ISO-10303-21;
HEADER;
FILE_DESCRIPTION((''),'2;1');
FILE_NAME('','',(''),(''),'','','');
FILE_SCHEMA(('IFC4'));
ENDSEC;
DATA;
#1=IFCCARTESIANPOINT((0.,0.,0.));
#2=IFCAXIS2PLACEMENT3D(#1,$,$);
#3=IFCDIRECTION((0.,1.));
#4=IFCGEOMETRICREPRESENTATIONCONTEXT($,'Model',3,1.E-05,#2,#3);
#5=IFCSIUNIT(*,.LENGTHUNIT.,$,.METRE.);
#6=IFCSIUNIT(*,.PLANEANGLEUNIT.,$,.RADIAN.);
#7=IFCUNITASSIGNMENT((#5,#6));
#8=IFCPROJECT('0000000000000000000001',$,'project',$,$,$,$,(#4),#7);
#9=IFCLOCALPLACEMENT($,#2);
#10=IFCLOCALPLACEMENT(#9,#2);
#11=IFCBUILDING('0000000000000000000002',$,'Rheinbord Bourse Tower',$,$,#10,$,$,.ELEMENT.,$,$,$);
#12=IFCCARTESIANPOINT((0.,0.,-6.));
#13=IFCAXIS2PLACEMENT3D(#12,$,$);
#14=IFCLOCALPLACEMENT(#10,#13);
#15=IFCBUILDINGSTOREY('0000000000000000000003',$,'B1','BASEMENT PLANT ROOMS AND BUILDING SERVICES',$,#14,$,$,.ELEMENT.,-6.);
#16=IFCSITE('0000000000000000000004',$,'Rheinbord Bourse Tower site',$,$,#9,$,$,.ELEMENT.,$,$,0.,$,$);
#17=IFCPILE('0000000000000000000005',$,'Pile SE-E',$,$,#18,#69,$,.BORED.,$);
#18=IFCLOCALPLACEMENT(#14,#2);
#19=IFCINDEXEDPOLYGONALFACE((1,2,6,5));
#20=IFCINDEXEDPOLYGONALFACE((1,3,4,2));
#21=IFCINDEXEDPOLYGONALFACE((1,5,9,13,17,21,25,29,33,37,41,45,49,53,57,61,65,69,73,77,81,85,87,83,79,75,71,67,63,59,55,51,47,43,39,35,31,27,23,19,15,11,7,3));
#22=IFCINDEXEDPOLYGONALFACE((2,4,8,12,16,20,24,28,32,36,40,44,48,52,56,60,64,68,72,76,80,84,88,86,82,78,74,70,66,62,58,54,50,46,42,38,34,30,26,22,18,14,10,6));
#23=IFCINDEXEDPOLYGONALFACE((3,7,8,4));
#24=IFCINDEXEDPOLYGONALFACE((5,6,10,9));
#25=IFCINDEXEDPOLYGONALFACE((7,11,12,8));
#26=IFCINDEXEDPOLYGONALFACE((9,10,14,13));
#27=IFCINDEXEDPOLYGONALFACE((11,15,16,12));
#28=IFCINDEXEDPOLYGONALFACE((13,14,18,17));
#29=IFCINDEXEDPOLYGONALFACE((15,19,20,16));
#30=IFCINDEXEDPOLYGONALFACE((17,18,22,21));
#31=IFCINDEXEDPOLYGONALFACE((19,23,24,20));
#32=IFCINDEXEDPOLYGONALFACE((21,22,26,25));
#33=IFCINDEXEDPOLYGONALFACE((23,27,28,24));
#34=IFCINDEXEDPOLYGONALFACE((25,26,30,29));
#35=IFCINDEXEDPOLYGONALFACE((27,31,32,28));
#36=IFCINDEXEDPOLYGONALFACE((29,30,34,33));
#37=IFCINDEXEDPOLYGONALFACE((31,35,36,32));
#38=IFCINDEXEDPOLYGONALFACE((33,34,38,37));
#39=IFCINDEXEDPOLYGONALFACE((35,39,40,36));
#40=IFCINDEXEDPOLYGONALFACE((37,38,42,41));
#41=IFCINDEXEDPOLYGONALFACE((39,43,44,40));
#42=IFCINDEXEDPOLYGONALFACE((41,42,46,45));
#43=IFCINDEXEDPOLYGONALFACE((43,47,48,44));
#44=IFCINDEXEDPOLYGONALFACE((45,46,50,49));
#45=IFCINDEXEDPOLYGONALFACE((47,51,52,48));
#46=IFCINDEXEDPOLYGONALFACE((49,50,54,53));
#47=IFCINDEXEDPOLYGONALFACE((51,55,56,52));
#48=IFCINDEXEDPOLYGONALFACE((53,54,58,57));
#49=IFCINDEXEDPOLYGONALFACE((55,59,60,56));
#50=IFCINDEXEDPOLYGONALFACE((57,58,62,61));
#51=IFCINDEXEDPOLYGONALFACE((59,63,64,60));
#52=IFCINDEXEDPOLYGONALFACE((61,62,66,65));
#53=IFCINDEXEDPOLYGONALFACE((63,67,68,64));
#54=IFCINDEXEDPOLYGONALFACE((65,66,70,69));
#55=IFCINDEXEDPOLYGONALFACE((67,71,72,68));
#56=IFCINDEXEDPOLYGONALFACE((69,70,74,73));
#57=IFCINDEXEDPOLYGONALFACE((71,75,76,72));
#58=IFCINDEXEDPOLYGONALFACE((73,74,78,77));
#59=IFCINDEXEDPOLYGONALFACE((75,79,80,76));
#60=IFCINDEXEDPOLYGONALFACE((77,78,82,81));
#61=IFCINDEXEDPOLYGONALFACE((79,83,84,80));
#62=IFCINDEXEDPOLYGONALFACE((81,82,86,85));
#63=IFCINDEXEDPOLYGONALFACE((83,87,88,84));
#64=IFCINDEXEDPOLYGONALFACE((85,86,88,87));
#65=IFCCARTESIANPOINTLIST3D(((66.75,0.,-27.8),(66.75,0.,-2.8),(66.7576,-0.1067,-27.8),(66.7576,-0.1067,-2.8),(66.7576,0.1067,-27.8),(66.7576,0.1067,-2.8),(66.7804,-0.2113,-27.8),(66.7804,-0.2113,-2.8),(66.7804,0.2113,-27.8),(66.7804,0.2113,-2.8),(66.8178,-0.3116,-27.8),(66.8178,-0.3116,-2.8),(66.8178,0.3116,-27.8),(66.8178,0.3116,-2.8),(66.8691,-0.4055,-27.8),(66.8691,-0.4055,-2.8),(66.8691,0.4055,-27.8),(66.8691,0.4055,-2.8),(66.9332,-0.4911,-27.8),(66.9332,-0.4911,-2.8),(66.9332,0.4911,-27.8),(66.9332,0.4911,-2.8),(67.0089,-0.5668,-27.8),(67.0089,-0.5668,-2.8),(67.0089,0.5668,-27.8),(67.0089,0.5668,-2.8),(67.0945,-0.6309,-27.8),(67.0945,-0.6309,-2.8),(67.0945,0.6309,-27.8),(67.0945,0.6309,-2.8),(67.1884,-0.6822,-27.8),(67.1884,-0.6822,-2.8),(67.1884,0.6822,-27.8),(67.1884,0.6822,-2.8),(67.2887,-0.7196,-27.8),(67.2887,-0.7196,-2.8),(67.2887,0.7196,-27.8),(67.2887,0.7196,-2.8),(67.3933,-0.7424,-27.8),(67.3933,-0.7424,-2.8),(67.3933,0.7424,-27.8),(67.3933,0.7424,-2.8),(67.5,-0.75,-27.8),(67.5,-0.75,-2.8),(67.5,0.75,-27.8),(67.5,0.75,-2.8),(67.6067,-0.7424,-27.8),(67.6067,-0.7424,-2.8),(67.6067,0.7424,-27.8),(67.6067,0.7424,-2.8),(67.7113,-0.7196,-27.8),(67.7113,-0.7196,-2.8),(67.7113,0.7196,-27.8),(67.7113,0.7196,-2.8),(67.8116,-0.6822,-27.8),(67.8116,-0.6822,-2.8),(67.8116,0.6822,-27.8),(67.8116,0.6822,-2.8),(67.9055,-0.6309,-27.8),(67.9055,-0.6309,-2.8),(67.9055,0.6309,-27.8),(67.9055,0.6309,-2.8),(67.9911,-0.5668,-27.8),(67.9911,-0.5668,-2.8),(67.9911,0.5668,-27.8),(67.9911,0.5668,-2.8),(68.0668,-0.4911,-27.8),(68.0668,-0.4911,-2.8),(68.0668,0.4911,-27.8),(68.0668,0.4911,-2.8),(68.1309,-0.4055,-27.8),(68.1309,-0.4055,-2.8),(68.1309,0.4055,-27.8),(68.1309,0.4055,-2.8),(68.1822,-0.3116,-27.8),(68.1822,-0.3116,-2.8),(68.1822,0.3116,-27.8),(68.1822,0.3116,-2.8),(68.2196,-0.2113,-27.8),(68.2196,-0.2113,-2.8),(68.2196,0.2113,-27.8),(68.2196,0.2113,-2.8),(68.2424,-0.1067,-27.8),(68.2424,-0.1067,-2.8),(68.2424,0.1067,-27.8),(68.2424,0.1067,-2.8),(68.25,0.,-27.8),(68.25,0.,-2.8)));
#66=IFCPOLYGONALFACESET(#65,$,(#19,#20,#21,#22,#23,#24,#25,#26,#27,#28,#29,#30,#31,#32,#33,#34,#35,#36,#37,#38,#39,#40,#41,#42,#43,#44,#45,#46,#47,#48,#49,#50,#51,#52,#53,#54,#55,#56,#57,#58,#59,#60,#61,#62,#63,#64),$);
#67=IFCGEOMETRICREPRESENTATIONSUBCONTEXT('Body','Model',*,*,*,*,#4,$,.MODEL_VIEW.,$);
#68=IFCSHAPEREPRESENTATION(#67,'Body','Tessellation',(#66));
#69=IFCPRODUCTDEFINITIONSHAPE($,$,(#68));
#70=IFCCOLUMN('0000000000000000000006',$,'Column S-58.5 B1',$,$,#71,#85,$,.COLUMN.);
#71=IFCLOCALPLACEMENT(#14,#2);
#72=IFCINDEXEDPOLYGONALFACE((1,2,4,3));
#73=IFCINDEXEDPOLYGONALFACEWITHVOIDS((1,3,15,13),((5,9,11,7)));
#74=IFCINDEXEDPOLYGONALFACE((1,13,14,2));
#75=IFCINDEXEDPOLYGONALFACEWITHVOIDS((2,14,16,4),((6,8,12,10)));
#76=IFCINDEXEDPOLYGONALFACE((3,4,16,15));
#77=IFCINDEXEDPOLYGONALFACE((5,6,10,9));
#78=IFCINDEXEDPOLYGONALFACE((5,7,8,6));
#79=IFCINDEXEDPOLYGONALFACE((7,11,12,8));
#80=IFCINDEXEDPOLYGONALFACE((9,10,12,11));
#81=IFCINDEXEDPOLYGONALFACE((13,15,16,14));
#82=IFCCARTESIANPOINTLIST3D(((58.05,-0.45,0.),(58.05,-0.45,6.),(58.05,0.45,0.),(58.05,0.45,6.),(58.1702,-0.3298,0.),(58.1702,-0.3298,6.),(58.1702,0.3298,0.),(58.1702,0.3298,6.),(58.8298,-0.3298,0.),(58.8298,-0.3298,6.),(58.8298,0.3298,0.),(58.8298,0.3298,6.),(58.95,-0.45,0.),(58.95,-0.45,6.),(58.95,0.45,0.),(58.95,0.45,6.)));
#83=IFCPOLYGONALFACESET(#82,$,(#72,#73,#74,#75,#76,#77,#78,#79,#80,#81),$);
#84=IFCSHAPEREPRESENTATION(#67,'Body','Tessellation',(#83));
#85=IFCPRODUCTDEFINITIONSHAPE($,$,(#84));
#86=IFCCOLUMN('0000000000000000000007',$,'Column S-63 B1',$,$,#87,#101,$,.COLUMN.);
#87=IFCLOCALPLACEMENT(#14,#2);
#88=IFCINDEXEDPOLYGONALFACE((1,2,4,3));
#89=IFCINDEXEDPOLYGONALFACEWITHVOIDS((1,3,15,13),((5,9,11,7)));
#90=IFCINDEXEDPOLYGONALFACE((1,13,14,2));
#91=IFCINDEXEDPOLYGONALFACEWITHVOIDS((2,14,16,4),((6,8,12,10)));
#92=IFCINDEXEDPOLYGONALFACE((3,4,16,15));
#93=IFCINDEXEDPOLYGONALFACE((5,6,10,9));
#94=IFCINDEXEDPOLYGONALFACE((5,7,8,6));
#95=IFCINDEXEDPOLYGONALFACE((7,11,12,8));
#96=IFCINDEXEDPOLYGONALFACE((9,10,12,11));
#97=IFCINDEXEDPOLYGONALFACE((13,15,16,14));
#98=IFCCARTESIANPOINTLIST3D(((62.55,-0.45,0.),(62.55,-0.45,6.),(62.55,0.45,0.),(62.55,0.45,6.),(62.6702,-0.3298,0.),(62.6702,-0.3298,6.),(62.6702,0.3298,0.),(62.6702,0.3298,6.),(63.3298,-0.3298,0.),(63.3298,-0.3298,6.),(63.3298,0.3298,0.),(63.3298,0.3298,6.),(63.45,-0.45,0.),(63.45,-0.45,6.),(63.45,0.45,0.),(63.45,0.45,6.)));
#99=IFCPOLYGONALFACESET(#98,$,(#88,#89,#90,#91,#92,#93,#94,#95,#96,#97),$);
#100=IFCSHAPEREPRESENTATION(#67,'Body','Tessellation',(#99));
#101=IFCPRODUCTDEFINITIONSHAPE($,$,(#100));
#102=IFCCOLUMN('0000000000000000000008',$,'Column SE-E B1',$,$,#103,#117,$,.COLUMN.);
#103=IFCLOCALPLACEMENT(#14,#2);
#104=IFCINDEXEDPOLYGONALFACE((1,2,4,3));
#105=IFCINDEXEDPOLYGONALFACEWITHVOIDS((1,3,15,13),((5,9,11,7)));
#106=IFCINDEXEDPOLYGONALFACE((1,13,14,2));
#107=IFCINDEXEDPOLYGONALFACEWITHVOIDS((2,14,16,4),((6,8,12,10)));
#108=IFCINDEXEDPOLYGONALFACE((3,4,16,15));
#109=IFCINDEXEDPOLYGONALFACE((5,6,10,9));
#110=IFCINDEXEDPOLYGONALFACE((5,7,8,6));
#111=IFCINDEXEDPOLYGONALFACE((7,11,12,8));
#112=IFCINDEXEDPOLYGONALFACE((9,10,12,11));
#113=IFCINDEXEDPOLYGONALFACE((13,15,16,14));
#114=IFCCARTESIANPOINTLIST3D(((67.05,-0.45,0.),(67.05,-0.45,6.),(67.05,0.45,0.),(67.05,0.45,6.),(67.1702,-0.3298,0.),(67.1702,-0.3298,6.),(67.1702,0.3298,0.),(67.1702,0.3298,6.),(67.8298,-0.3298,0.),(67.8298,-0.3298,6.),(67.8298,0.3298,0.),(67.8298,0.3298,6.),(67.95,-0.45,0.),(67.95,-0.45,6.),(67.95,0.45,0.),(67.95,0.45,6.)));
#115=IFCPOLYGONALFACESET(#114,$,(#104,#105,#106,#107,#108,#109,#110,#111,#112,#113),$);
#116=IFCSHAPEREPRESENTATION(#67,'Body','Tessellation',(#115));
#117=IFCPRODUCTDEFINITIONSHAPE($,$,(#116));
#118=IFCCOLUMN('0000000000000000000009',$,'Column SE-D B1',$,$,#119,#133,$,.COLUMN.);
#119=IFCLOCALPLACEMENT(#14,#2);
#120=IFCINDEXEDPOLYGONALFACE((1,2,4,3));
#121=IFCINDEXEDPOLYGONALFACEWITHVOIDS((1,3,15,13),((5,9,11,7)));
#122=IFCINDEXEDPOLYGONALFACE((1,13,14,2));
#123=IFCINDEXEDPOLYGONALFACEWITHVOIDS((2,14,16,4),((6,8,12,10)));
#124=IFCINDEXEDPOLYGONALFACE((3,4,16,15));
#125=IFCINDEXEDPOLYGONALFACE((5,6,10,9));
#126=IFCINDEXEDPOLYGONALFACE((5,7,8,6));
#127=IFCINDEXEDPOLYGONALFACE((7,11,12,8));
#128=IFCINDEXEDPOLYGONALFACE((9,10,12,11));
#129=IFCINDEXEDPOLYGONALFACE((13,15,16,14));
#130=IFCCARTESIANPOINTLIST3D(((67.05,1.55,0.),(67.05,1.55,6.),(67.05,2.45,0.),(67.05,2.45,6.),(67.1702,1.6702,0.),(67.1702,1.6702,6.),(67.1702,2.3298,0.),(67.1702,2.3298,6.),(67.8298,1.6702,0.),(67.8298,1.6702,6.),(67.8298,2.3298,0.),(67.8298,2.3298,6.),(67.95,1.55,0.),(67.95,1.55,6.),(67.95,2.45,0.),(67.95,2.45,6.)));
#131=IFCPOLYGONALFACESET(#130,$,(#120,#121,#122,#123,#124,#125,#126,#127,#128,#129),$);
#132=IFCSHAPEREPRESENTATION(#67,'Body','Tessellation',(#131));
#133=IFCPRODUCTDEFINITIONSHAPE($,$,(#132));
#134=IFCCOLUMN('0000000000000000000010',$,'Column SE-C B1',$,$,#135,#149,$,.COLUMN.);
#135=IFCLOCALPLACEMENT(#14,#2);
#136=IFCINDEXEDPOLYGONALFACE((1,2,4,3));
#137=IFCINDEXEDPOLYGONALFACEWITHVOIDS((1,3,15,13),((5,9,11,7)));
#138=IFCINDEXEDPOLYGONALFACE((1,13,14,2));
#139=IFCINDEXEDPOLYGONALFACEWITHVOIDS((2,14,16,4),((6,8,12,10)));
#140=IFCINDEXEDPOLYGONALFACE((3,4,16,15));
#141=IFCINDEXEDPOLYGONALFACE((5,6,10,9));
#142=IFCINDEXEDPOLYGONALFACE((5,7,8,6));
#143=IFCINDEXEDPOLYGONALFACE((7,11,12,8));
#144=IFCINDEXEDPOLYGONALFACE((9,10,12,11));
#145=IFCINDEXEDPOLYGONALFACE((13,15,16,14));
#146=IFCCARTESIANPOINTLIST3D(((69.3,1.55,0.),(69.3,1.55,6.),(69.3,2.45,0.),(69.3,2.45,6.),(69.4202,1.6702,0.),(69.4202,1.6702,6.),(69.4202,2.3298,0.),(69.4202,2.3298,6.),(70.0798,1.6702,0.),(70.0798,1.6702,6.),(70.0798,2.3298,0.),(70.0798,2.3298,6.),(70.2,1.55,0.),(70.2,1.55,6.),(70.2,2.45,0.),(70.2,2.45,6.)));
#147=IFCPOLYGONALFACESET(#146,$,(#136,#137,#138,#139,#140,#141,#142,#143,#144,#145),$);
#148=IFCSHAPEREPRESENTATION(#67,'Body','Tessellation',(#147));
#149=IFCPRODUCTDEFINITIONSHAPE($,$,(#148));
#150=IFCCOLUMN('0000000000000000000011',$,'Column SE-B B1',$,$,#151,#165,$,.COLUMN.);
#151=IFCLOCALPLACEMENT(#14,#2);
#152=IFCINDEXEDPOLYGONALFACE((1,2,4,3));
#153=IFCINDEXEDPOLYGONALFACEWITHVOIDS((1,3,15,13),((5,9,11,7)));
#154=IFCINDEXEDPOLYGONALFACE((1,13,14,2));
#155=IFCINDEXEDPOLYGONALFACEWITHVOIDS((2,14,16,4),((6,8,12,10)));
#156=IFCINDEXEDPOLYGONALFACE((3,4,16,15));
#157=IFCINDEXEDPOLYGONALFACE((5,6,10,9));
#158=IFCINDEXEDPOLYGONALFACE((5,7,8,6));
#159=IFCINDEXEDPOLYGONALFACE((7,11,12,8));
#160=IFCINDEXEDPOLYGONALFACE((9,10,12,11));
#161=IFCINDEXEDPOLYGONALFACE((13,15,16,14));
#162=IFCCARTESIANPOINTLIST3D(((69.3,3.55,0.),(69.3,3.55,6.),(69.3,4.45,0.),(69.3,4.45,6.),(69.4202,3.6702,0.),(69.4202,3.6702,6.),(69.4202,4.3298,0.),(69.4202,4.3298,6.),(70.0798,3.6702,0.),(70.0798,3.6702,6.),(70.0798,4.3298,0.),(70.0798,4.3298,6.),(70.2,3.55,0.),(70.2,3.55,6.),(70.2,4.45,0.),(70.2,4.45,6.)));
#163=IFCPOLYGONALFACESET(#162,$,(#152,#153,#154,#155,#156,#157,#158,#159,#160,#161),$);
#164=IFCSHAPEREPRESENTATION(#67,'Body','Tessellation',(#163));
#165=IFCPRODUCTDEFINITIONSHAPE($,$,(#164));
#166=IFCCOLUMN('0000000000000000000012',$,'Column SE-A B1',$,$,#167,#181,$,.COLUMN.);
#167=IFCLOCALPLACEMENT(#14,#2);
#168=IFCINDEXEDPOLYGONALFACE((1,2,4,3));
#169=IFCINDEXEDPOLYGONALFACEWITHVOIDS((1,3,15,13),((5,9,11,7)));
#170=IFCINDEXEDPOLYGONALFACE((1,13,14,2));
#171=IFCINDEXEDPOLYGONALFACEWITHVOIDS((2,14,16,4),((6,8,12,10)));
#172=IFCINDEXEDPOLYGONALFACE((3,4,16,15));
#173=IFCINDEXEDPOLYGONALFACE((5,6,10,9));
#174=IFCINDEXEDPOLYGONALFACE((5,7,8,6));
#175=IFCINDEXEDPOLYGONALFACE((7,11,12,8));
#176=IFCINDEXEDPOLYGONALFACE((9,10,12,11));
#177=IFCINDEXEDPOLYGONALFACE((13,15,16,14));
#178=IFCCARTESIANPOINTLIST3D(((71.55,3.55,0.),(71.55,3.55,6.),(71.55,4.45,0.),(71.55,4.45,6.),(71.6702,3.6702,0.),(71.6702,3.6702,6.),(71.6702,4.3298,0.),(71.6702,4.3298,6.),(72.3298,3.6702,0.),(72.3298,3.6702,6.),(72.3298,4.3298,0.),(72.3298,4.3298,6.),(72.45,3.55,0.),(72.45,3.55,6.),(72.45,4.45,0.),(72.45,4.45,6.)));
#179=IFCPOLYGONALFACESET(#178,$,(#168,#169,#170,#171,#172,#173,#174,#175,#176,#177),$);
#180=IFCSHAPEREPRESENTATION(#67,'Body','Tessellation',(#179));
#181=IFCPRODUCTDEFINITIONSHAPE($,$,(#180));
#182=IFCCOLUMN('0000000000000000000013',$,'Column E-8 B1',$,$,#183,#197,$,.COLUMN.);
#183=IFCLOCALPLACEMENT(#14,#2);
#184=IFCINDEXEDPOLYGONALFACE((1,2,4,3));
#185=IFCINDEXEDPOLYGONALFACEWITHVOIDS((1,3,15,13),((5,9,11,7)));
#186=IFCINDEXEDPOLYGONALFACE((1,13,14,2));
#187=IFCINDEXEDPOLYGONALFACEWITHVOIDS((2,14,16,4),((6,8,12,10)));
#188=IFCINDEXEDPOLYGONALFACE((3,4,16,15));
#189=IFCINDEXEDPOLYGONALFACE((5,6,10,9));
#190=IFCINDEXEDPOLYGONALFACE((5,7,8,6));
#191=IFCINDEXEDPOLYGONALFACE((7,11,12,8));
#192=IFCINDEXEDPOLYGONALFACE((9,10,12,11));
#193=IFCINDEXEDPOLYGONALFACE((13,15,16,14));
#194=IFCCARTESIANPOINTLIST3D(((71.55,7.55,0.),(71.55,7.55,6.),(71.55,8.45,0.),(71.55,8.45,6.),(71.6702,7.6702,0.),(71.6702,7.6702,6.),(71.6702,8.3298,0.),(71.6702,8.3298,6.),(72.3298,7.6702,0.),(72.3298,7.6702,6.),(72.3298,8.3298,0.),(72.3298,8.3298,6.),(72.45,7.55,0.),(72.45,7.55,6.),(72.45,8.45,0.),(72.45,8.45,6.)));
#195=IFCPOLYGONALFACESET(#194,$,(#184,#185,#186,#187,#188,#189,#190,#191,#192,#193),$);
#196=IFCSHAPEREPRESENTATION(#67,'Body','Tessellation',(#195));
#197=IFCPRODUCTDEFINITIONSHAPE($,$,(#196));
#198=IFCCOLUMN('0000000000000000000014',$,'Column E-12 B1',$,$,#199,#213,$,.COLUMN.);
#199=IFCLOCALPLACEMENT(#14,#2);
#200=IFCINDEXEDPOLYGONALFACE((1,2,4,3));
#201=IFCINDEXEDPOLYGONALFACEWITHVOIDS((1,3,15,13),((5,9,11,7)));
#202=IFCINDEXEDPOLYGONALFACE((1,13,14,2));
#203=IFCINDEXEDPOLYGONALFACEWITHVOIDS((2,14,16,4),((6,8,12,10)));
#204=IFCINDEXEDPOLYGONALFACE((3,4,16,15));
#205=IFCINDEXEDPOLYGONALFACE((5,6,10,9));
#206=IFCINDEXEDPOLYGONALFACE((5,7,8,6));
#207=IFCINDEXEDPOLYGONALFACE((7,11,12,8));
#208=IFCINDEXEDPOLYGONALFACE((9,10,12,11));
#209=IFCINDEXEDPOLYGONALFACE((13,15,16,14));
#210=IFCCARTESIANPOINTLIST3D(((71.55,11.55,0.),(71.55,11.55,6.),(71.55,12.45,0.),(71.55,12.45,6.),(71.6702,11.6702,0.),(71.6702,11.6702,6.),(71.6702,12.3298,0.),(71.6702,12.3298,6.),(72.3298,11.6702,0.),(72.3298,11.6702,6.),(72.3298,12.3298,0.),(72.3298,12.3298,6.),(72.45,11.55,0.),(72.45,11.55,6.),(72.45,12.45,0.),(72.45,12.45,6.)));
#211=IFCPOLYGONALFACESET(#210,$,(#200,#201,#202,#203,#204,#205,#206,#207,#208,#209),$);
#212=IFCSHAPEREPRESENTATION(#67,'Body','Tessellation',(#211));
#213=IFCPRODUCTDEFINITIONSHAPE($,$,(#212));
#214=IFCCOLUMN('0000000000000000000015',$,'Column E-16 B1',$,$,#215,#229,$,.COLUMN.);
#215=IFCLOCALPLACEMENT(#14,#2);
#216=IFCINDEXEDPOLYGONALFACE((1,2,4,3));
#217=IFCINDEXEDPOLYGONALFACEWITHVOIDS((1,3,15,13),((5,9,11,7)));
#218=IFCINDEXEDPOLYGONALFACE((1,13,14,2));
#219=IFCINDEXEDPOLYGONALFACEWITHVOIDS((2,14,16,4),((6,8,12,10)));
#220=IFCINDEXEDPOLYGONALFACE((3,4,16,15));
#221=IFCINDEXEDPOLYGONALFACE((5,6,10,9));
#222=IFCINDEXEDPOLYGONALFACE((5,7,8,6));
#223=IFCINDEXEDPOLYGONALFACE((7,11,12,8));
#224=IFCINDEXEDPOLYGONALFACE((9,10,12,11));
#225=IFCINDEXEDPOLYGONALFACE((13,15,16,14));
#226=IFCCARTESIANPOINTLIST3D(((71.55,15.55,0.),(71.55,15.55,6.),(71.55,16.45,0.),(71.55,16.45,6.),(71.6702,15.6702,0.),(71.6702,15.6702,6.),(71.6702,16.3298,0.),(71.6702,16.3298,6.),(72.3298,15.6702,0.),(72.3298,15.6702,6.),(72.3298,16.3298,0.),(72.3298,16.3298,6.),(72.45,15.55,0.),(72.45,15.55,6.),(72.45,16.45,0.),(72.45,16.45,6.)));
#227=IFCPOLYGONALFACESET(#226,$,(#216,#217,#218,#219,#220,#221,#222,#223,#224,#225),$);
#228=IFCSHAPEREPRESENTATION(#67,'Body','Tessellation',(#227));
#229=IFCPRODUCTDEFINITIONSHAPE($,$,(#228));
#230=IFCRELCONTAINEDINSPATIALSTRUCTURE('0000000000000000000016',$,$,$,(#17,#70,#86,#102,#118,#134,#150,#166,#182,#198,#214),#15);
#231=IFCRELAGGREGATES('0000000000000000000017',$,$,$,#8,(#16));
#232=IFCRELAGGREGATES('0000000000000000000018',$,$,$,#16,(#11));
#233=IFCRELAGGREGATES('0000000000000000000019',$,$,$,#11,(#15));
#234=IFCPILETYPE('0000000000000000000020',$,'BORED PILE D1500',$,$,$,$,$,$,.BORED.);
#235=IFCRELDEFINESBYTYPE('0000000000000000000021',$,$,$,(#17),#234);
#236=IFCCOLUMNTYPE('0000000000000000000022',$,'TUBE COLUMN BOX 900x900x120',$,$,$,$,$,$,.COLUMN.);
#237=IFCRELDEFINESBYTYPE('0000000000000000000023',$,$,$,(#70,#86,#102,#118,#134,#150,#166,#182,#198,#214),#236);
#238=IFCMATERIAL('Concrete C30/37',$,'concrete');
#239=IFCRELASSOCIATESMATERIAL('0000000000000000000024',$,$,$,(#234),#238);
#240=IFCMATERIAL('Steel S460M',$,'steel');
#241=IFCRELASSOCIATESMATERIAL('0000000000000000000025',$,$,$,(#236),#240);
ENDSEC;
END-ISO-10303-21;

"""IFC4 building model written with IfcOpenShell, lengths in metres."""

from ifc_helpers import new_model, si_unit, direction, frame, origin, origin_2d, place, context, subcontext, project, spatial, hollow_rectangle, circle, extrude, material, material_profile, profile_set, type_object, element, save


model = new_model("IFC4")

# Units and contexts
model_context = context("Model", 3, precision=1e-05, world=origin(), true_north=direction((0.0, 1.0)))
body_context = subcontext(model_context, "Body", "Model", "MODEL_VIEW")
ifc_project = project(units=[si_unit("LENGTHUNIT", "METRE"), si_unit("PLANEANGLEUNIT", "RADIAN")], contexts=[model_context])

# Site, building, storey
site_placement = place(None, origin())
site = spatial("IfcSite", under=ifc_project, at=site_placement, Name="Rheinbord Bourse Tower site", CompositionType="ELEMENT", RefElevation=0.0)
building_placement = place(site_placement, origin())
building = spatial("IfcBuilding", under=site, at=building_placement, Name="Rheinbord Bourse Tower", CompositionType="ELEMENT")
storey_placement = place(building_placement, frame((0.0, 0.0, -6.0)))
storey = spatial("IfcBuildingStorey", under=building, at=storey_placement, Name="B1", Description="BASEMENT PLANT ROOMS AND BUILDING SERVICES", CompositionType="ELEMENT", Elevation=-6.0)

# Pile
ifc_material_1 = material(Name="Concrete C30/37", Category="concrete")
ifc_material_profile_1 = material_profile(ifc_material_1, circle(Radius=0.75, at=origin_2d()), Name="D1500")
ifc_profile_set_1 = profile_set([ifc_material_profile_1], Name="Concrete C30/37")
pile_type = type_object("IfcPileType", Name="BORED PILE D1500", PredefinedType="BORED", material=ifc_profile_set_1)
for number, where, z_axis, x_axis, name in (
    (1, (67.5, 0.0, -2.8), (0.0, 0.0, -1.0), (1.0, 0.0, 0.0), "Pile SE-E"),
):
    element("IfcPile", number, at=place(storey_placement, frame(where, z_axis=z_axis, x_axis=x_axis)), inside=storey, type_object=pile_type, Name=name, PredefinedType="BORED", context=body_context, shape_type="SweptSolid", body=[
        extrude(circle(Radius=0.75, at=origin_2d()), origin(), (0.0, 0.0, 1.0), 25.0),
    ])

# Columns
ifc_material_2 = material(Name="Steel S460M", Category="steel")
ifc_material_profile_2 = material_profile(ifc_material_2, hollow_rectangle(XDim=0.8999, YDim=0.8999, WallThickness=0.1201, at=origin_2d()), Name="BOX 900x900x120")
ifc_profile_set_2 = profile_set([ifc_material_profile_2], Name="Steel S460M")
column_type = type_object("IfcColumnType", Name="TUBE COLUMN BOX 900x900x120", PredefinedType="COLUMN", material=ifc_profile_set_2)
for number, where, z_axis, x_axis, name in (
    (2, (58.5, 0.0, 0.0), (0.0, 0.0, 1.0), (0.0, 1.0, 0.0), "Column S-58.5 B1"),
    (3, (63.0, 0.0, 0.0), (0.0, 0.0, 1.0), (0.0, 1.0, 0.0), "Column S-63 B1"),
    (4, (67.5, 0.0, 0.0), (0.0, 0.0, 1.0), (0.0, 1.0, 0.0), "Column SE-E B1"),
    (5, (67.5, 2.0, 0.0), (0.0, 0.0, 1.0), (0.0, 1.0, 0.0), "Column SE-D B1"),
    (6, (69.75, 2.0, 0.0), (0.0, 0.0, 1.0), (1.0, 0.0, 0.0), "Column SE-C B1"),
    (7, (69.75, 4.0, 0.0), (0.0, 0.0, 1.0), (1.0, 0.0, 0.0), "Column SE-B B1"),
    (8, (72.0, 4.0, 0.0), (0.0, 0.0, 1.0), (1.0, 0.0, 0.0), "Column SE-A B1"),
    (9, (72.0, 8.0, 0.0), (0.0, 0.0, 1.0), (1.0, 0.0, 0.0), "Column E-8 B1"),
    (10, (72.0, 12.0, 0.0), (0.0, 0.0, 1.0), (1.0, 0.0, 0.0), "Column E-12 B1"),
    (11, (72.0, 16.0, 0.0), (0.0, 0.0, 1.0), (1.0, 0.0, 0.0), "Column E-16 B1"),
):
    element("IfcColumn", number, at=place(storey_placement, frame(where, z_axis=z_axis, x_axis=x_axis)), inside=storey, type_object=column_type, Name=name, PredefinedType="COLUMN", context=body_context, shape_type="SweptSolid", body=[
        extrude(hollow_rectangle(XDim=0.8999, YDim=0.8999, WallThickness=0.1201, at=origin_2d()), origin(), (0.0, 0.0, 1.0), 6.0),
    ])

save(model, "model.ifc")
